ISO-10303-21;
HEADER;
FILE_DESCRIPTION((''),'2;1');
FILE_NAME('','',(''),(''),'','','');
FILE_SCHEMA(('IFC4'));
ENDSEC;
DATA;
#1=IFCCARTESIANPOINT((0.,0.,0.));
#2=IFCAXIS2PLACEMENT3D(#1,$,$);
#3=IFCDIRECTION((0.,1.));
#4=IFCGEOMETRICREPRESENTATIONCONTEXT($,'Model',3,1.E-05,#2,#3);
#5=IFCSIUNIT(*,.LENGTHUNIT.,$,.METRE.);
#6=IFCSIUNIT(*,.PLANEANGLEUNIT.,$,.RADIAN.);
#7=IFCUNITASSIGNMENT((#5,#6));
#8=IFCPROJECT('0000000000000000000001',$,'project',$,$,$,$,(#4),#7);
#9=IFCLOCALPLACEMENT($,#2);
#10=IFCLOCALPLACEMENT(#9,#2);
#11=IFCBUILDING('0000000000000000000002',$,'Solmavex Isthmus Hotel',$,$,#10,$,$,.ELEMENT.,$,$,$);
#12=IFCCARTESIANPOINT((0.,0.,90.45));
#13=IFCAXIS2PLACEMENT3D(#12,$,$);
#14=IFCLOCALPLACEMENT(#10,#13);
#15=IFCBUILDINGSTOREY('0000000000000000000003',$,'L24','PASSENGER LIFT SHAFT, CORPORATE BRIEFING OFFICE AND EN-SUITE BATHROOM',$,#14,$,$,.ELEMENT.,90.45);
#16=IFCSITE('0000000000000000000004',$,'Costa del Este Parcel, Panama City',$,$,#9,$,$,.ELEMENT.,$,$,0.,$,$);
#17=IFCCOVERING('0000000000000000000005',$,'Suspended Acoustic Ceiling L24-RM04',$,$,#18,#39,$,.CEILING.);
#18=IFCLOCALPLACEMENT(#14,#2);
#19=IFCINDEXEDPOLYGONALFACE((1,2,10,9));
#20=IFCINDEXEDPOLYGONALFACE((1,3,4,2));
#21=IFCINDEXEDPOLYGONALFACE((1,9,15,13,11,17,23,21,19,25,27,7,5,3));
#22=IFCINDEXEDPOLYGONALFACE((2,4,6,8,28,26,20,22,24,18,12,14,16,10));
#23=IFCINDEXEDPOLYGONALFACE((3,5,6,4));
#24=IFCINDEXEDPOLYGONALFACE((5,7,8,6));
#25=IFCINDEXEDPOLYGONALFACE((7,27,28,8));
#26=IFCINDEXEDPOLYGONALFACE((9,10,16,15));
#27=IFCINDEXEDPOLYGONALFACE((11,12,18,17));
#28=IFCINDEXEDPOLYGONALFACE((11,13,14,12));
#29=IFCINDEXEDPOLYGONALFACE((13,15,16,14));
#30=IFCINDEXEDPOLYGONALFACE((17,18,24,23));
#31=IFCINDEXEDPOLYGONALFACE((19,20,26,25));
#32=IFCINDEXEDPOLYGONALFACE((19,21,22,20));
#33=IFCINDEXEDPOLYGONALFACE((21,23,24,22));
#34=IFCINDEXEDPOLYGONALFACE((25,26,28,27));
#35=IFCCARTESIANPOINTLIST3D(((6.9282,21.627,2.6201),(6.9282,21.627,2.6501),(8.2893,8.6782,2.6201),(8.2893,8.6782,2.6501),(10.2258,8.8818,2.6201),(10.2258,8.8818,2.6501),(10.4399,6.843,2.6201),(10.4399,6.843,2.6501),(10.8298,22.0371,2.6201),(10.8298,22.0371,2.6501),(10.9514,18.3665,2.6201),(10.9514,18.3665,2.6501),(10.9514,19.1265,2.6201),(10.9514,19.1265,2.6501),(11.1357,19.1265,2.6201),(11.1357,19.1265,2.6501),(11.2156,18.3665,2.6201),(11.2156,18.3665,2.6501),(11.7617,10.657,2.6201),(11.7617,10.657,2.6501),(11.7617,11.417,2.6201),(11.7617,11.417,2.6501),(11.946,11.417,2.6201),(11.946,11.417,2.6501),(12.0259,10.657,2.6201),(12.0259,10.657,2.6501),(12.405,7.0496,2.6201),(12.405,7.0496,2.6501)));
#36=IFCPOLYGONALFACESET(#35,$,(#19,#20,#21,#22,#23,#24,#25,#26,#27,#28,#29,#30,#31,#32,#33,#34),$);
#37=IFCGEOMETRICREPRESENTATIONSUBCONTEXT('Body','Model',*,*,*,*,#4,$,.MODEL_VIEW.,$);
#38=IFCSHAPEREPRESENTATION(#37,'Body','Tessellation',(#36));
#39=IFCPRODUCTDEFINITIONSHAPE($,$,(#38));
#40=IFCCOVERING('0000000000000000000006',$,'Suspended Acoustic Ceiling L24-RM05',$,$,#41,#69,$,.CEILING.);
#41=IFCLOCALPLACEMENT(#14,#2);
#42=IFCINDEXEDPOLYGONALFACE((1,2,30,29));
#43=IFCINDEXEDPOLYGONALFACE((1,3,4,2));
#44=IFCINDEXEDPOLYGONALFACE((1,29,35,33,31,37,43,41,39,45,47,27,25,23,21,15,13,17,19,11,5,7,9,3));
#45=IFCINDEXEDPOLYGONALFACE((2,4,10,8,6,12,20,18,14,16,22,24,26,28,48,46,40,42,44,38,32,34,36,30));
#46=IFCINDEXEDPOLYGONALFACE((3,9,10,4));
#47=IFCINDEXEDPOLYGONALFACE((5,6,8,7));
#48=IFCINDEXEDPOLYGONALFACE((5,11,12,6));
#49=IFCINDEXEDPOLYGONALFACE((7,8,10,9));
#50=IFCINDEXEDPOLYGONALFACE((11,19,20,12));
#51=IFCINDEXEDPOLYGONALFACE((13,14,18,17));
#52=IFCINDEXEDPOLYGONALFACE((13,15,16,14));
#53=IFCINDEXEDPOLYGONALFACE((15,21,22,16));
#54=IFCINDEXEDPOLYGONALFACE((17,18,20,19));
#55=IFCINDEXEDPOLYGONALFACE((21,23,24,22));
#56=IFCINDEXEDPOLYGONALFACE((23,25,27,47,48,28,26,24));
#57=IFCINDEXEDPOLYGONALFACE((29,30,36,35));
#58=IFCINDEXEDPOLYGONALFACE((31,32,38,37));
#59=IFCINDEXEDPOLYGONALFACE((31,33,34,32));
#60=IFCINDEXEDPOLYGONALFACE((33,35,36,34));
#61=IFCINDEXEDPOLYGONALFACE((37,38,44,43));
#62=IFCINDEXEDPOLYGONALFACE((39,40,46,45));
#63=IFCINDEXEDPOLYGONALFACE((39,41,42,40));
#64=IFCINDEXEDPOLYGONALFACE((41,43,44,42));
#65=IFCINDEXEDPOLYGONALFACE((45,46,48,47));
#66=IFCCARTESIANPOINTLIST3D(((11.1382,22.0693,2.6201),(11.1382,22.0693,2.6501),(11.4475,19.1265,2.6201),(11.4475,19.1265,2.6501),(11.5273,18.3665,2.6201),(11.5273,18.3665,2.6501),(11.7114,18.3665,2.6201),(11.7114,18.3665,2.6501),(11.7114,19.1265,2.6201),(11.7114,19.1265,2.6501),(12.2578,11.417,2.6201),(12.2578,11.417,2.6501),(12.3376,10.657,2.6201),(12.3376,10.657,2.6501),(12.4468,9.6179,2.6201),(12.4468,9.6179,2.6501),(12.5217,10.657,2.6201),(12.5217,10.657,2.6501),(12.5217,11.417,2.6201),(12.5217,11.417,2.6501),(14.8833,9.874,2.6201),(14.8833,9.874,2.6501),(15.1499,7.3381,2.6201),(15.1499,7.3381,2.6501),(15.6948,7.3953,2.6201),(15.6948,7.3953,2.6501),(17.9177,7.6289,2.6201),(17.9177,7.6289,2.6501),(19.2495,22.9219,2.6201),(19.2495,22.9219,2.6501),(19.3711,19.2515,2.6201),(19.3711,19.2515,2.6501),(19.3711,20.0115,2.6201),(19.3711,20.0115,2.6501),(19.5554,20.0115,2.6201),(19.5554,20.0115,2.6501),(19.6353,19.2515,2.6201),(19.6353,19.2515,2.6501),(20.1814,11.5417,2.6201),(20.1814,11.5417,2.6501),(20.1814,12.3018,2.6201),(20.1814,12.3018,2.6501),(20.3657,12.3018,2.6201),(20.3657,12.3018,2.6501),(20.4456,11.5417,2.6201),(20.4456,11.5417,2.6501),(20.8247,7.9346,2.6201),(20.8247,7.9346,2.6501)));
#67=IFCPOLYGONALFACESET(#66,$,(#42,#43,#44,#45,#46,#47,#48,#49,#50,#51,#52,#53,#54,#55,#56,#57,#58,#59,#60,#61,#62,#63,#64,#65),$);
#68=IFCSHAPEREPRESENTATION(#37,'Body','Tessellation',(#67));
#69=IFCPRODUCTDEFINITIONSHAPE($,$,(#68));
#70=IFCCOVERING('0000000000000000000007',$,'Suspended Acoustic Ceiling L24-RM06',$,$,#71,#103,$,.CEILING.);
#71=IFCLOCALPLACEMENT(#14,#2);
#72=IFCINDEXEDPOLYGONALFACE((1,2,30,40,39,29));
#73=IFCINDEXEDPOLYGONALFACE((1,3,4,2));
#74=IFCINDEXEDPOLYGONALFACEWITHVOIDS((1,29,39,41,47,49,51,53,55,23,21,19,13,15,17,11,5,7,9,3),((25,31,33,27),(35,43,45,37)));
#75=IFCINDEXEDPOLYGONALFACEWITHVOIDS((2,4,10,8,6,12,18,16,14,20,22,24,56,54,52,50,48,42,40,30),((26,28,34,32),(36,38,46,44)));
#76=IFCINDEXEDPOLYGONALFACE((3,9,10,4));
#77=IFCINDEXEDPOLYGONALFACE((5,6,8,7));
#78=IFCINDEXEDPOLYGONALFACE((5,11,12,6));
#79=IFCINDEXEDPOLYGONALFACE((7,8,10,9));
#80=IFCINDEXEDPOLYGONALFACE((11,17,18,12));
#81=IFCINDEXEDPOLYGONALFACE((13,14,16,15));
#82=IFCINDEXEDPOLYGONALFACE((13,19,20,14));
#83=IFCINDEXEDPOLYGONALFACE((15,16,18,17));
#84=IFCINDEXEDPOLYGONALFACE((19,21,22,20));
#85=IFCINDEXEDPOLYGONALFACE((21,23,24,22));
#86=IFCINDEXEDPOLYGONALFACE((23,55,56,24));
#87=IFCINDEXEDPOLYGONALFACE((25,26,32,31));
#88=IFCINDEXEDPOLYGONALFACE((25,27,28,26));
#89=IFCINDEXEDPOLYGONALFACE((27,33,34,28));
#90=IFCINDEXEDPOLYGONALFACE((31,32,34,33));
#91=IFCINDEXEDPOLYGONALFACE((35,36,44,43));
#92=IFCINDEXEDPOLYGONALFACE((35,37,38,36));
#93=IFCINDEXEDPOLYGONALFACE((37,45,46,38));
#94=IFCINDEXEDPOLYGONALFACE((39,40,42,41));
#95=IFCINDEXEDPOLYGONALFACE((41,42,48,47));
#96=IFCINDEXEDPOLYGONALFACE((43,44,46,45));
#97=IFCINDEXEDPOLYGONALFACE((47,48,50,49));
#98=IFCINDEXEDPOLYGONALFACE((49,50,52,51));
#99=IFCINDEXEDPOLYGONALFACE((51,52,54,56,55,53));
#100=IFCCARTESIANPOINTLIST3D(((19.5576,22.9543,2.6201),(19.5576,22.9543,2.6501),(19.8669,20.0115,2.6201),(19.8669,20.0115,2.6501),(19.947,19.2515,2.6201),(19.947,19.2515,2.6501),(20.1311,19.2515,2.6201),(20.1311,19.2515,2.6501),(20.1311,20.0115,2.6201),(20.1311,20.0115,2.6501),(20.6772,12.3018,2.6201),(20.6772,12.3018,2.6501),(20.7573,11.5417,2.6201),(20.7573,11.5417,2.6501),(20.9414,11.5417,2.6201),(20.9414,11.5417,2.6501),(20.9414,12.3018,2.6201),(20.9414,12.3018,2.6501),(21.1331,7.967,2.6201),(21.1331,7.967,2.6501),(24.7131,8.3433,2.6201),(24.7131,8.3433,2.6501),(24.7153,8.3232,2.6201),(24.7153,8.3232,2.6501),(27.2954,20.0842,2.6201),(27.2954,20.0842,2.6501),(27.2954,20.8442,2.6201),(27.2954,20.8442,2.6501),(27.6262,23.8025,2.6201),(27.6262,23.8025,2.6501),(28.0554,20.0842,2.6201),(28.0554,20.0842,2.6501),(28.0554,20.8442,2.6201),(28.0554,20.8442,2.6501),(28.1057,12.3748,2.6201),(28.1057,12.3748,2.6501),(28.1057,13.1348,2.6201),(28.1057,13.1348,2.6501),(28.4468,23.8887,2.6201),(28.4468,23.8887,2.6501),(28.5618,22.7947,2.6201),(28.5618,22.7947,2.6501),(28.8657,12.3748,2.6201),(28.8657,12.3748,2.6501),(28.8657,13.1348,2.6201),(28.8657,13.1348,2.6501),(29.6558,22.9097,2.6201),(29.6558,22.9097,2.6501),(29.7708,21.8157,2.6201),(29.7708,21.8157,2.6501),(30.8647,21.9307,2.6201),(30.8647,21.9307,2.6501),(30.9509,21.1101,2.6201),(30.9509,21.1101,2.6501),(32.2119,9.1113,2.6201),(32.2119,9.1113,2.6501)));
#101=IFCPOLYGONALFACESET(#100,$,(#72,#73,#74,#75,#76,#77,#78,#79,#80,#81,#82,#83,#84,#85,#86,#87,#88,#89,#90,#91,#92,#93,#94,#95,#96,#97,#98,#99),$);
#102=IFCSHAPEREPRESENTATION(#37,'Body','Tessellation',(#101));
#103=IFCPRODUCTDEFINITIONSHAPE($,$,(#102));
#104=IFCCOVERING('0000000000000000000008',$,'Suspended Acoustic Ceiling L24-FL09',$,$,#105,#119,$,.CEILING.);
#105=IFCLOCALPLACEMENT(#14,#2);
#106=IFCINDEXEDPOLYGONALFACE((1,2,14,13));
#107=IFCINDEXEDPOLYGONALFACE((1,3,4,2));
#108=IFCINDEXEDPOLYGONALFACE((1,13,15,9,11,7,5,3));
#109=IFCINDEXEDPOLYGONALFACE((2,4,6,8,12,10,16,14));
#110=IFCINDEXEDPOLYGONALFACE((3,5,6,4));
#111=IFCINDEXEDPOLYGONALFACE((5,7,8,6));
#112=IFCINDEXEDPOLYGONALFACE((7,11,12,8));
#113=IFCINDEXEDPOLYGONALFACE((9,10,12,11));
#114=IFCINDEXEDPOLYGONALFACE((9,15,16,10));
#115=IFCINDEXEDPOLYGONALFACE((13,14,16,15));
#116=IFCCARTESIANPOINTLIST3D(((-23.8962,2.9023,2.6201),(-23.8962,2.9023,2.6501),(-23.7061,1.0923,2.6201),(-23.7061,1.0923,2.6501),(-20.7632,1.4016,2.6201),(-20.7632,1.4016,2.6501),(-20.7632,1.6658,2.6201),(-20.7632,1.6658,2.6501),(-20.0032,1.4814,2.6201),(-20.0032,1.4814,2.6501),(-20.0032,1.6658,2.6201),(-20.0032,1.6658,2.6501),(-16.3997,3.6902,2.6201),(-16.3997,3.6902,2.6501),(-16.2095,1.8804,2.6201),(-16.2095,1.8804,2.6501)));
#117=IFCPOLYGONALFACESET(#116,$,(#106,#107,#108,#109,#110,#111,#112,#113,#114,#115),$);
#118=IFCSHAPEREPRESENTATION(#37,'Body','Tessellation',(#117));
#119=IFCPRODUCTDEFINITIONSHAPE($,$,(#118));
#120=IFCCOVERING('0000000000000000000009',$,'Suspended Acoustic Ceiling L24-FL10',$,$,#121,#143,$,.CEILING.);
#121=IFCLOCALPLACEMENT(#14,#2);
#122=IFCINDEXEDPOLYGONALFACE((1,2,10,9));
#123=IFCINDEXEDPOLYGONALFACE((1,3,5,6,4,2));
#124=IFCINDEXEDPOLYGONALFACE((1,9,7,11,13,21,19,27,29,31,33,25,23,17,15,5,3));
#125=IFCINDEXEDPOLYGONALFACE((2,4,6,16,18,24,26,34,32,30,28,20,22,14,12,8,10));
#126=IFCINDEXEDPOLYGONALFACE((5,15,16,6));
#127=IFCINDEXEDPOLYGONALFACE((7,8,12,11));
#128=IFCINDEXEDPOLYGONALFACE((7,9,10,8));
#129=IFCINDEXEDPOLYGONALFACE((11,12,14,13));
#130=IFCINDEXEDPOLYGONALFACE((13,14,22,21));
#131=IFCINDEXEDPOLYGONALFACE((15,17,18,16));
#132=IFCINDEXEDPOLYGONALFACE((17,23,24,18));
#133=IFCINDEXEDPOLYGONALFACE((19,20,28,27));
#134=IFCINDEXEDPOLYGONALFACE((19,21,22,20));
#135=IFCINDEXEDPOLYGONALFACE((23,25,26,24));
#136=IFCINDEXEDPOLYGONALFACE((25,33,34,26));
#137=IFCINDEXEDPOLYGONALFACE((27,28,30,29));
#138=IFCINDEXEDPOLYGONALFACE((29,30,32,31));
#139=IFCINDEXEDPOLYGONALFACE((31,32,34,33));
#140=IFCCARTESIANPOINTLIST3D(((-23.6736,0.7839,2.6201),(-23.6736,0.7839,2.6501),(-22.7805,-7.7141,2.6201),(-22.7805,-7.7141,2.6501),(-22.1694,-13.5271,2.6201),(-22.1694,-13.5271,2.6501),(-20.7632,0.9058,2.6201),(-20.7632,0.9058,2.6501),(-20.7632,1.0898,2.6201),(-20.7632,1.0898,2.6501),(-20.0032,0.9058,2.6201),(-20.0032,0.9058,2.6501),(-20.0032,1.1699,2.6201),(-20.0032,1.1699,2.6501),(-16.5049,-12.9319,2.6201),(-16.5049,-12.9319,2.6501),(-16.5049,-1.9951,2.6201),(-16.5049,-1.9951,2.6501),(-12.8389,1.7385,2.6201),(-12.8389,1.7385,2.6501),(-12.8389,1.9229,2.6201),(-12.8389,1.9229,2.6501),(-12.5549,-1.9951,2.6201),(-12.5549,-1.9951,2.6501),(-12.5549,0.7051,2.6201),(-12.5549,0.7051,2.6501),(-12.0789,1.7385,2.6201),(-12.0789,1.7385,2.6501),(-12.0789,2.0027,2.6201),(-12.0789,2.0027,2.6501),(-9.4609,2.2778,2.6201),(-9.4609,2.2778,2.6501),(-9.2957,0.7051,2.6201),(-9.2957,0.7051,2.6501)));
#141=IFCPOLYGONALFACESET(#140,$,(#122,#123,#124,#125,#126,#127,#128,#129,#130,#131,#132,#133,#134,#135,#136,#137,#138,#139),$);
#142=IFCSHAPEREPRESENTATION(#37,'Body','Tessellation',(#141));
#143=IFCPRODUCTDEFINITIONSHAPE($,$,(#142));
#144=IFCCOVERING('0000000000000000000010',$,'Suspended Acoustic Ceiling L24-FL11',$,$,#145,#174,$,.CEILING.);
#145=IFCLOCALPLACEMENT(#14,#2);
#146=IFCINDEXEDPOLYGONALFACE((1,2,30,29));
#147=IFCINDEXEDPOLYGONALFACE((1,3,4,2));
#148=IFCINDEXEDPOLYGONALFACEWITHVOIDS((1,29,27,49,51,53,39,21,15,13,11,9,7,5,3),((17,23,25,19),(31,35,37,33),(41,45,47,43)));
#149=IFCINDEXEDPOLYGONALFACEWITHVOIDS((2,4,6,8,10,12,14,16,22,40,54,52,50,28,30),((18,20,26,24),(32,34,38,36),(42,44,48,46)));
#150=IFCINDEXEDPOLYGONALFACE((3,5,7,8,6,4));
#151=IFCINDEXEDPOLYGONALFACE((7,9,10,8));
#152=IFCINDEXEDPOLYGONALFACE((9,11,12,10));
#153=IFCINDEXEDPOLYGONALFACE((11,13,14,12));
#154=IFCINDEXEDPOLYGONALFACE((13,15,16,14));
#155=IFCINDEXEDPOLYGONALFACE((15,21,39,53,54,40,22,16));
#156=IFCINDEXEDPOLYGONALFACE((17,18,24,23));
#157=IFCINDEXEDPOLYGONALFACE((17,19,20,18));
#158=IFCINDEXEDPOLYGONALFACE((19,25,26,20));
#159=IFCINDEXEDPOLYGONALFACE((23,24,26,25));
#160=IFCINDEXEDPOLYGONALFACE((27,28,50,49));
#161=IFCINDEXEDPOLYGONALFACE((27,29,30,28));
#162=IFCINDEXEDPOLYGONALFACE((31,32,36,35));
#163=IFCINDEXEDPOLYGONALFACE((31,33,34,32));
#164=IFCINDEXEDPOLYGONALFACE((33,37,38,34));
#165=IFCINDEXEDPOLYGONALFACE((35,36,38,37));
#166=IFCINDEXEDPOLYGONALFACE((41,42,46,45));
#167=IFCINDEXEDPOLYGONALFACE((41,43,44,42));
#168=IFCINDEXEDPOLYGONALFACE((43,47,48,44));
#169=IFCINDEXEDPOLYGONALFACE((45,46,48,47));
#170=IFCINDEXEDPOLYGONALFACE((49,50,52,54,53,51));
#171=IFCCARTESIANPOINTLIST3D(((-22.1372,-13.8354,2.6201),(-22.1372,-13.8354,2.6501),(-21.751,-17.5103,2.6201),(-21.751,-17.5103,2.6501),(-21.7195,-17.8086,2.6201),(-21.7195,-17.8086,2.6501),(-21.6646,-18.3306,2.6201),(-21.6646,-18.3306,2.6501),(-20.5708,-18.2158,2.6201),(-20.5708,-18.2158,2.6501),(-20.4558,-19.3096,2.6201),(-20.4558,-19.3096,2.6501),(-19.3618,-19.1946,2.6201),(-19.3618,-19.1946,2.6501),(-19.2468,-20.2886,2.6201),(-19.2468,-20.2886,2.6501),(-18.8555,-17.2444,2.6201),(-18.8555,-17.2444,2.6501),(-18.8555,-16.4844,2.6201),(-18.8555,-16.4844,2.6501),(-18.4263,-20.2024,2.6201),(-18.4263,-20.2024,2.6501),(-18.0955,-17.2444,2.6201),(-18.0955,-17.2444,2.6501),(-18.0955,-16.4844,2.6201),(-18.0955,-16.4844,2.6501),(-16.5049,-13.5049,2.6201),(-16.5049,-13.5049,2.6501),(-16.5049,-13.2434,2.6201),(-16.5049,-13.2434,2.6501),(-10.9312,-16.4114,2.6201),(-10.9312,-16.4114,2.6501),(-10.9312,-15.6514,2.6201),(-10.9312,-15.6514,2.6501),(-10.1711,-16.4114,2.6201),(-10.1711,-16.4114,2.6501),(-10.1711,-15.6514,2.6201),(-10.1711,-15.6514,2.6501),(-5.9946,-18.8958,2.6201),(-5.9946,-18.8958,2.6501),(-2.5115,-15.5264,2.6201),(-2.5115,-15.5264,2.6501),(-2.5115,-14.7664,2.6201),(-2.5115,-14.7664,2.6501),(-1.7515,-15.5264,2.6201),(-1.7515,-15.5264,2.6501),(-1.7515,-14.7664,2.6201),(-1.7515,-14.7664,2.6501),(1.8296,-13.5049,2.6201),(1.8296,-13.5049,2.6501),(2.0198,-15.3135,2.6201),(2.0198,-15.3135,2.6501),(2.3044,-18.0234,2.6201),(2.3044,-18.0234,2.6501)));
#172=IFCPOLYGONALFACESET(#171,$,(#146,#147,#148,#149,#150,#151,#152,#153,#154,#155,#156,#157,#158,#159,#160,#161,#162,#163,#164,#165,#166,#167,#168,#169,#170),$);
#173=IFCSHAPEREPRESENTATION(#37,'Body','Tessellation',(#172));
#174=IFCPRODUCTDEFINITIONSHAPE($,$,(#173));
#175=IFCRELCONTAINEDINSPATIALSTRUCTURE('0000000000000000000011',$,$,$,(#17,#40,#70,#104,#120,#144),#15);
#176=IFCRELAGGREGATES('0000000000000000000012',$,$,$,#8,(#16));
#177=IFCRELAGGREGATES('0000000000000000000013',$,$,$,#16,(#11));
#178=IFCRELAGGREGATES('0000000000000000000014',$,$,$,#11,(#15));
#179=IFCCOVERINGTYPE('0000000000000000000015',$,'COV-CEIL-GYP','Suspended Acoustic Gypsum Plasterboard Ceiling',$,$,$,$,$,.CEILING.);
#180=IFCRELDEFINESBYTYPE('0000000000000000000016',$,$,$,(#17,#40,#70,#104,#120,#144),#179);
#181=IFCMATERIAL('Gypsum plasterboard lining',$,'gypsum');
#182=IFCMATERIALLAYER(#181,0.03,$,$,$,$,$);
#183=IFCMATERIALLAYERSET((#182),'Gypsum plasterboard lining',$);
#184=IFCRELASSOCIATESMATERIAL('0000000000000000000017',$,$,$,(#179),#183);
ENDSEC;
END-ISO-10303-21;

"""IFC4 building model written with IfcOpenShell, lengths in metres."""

from ifc_helpers import new_model, si_unit, direction, frame, origin, place, context, subcontext, project, spatial, polyline, outline, extrude, material, layer, layer_set, type_object, element, save


model = new_model("IFC4")

# Units and contexts
model_context = context("Model", 3, precision=1e-05, world=origin(), true_north=direction((0.0, 1.0)))
body_context = subcontext(model_context, "Body", "Model", "MODEL_VIEW")
ifc_project = project(units=[si_unit("LENGTHUNIT", "METRE"), si_unit("PLANEANGLEUNIT", "RADIAN")], contexts=[model_context])

# Site, building, storey
site_placement = place(None, origin())
site = spatial("IfcSite", under=ifc_project, at=site_placement, Name="Costa del Este Parcel, Panama City", CompositionType="ELEMENT", RefElevation=0.0)
building_placement = place(site_placement, origin())
building = spatial("IfcBuilding", under=site, at=building_placement, Name="Solmavex Isthmus Hotel", CompositionType="ELEMENT")
storey_placement = place(building_placement, frame((0.0, 0.0, 90.45)))
storey = spatial("IfcBuildingStorey", under=building, at=storey_placement, Name="L24", Description="PASSENGER LIFT SHAFT, CORPORATE BRIEFING OFFICE AND EN-SUITE BATHROOM", CompositionType="ELEMENT", Elevation=90.45)

# Coverings
ifc_material_1 = material(Name="Gypsum plasterboard lining", Category="gypsum")
ifc_layer_1 = layer(ifc_material_1, 0.03)
ifc_layer_set_1 = layer_set([ifc_layer_1], Name="Gypsum plasterboard lining")
covering_type_1 = type_object("IfcCoveringType", Name="COV-CEIL-GYP", Description="Suspended Acoustic Gypsum Plasterboard Ceiling", PredefinedType="CEILING", material=ifc_layer_set_1)
covering_1_placement = place(storey_placement, frame((0.0, 0.0, 2.6201)))
element("IfcCovering", 1, at=covering_1_placement, inside=storey, type_object=covering_type_1, Name="Suspended Acoustic Ceiling L24-RM04", PredefinedType="CEILING", context=body_context, shape_type="SweptSolid", body=[
    extrude(outline(polyline([(11.2156, 18.3665), (10.9514, 18.3665), (10.9514, 19.1265), (11.1357, 19.1265), (10.8298, 22.0371), (6.9282, 21.627), (8.2893, 8.6782), (10.2258, 8.8818), (10.4399, 6.843), (12.405, 7.0496), (12.0259, 10.657), (11.7617, 10.657), (11.7617, 11.417), (11.946, 11.417), (11.2156, 18.3665)])), origin(), (0.0, 0.0, 1.0), 0.03),
])
covering_2_placement = place(storey_placement, frame((0.0, 0.0, 2.6201)))
element("IfcCovering", 2, at=covering_2_placement, inside=storey, type_object=covering_type_1, Name="Suspended Acoustic Ceiling L24-RM05", PredefinedType="CEILING", context=body_context, shape_type="SweptSolid", body=[
    extrude(outline(polyline([(12.2578, 11.417), (12.5217, 11.417), (12.5217, 10.657), (12.3376, 10.657), (12.4468, 9.6179), (14.8833, 9.874), (15.1499, 7.3381), (15.6948, 7.3953), (17.9177, 7.6289), (20.8247, 7.9346), (20.4456, 11.5417), (20.1814, 11.5417), (20.1814, 12.3018), (20.3657, 12.3018), (19.6353, 19.2515), (19.3711, 19.2515), (19.3711, 20.0115), (19.5554, 20.0115), (19.2495, 22.9219), (11.1382, 22.0693), (11.4475, 19.1265), (11.7114, 19.1265), (11.7114, 18.3665), (11.5273, 18.3665), (12.2578, 11.417)])), origin(), (0.0, 0.0, 1.0), 0.03),
])
covering_3_placement = place(storey_placement, frame((0.0, 0.0, 2.6201)))
element("IfcCovering", 3, at=covering_3_placement, inside=storey, type_object=covering_type_1, Name="Suspended Acoustic Ceiling L24-RM06", PredefinedType="CEILING", context=body_context, shape_type="SweptSolid", body=[
    extrude(outline(polyline([(20.6772, 12.3018), (20.9414, 12.3018), (20.9414, 11.5417), (20.7573, 11.5417), (21.1331, 7.967), (24.7131, 8.3433), (24.7153, 8.3232), (32.2119, 9.1113), (30.9509, 21.1101), (30.8647, 21.9307), (29.7708, 21.8157), (29.6558, 22.9097), (28.5618, 22.7947), (28.4468, 23.8887), (27.6262, 23.8025), (19.5576, 22.9543), (19.8669, 20.0115), (20.1311, 20.0115), (20.1311, 19.2515), (19.947, 19.2515), (20.6772, 12.3018)]), holes=[polyline([(28.1057, 12.3748), (28.1057, 13.1348), (28.8657, 13.1348), (28.8657, 12.3748), (28.1057, 12.3748)]), polyline([(27.2954, 20.8442), (28.0554, 20.8442), (28.0554, 20.0842), (27.2954, 20.0842), (27.2954, 20.8442)])]), origin(), (0.0, 0.0, 1.0), 0.03),
])
covering_4_placement = place(storey_placement, frame((0.0, 0.0, 2.6201)))
element("IfcCovering", 4, at=covering_4_placement, inside=storey, type_object=covering_type_1, Name="Suspended Acoustic Ceiling L24-FL09", PredefinedType="CEILING", context=body_context, shape_type="SweptSolid", body=[
    extrude(outline(polyline([(-16.2095, 1.8804), (-16.3997, 3.6902), (-23.8962, 2.9023), (-23.7061, 1.0923), (-20.7632, 1.4016), (-20.7632, 1.6658), (-20.0032, 1.6658), (-20.0032, 1.4814), (-16.2095, 1.8804)])), origin(), (0.0, 0.0, 1.0), 0.03),
])
covering_5_placement = place(storey_placement, frame((0.0, 0.0, 2.6201)))
element("IfcCovering", 5, at=covering_5_placement, inside=storey, type_object=covering_type_1, Name="Suspended Acoustic Ceiling L24-FL10", PredefinedType="CEILING", context=body_context, shape_type="SweptSolid", body=[
    extrude(outline(polyline([(-20.0032, 1.1699), (-20.0032, 0.9058), (-20.7632, 0.9058), (-20.7632, 1.0898), (-23.6736, 0.7839), (-22.7805, -7.7141), (-22.1694, -13.5271), (-16.5049, -12.9319), (-16.5049, -1.9951), (-12.5549, -1.9951), (-12.5549, 0.7051), (-9.2957, 0.7051), (-9.4609, 2.2778), (-12.0789, 2.0027), (-12.0789, 1.7385), (-12.8389, 1.7385), (-12.8389, 1.9229), (-20.0032, 1.1699)])), origin(), (0.0, 0.0, 1.0), 0.03),
])
covering_6_placement = place(storey_placement, frame((0.0, 0.0, 2.6201)))
element("IfcCovering", 6, at=covering_6_placement, inside=storey, type_object=covering_type_1, Name="Suspended Acoustic Ceiling L24-FL11", PredefinedType="CEILING", context=body_context, shape_type="SweptSolid", body=[
    extrude(outline(polyline([(-18.4263, -20.2024), (-5.9946, -18.8958), (2.3044, -18.0234), (2.0198, -15.3135), (1.8296, -13.5049), (-16.5049, -13.5049), (-16.5049, -13.2434), (-22.1372, -13.8354), (-21.751, -17.5103), (-21.7195, -17.8086), (-21.6646, -18.3306), (-20.5708, -18.2158), (-20.4558, -19.3096), (-19.3618, -19.1946), (-19.2468, -20.2886), (-18.4263, -20.2024)]), holes=[polyline([(-2.5115, -15.5264), (-2.5115, -14.7664), (-1.7515, -14.7664), (-1.7515, -15.5264), (-2.5115, -15.5264)]), polyline([(-10.9312, -16.4114), (-10.9312, -15.6514), (-10.1711, -15.6514), (-10.1711, -16.4114), (-10.9312, -16.4114)]), polyline([(-18.8555, -17.2444), (-18.8555, -16.4844), (-18.0955, -16.4844), (-18.0955, -17.2444), (-18.8555, -17.2444)])]), origin(), (0.0, 0.0, 1.0), 0.03),
])

save(model, "model.ifc")
